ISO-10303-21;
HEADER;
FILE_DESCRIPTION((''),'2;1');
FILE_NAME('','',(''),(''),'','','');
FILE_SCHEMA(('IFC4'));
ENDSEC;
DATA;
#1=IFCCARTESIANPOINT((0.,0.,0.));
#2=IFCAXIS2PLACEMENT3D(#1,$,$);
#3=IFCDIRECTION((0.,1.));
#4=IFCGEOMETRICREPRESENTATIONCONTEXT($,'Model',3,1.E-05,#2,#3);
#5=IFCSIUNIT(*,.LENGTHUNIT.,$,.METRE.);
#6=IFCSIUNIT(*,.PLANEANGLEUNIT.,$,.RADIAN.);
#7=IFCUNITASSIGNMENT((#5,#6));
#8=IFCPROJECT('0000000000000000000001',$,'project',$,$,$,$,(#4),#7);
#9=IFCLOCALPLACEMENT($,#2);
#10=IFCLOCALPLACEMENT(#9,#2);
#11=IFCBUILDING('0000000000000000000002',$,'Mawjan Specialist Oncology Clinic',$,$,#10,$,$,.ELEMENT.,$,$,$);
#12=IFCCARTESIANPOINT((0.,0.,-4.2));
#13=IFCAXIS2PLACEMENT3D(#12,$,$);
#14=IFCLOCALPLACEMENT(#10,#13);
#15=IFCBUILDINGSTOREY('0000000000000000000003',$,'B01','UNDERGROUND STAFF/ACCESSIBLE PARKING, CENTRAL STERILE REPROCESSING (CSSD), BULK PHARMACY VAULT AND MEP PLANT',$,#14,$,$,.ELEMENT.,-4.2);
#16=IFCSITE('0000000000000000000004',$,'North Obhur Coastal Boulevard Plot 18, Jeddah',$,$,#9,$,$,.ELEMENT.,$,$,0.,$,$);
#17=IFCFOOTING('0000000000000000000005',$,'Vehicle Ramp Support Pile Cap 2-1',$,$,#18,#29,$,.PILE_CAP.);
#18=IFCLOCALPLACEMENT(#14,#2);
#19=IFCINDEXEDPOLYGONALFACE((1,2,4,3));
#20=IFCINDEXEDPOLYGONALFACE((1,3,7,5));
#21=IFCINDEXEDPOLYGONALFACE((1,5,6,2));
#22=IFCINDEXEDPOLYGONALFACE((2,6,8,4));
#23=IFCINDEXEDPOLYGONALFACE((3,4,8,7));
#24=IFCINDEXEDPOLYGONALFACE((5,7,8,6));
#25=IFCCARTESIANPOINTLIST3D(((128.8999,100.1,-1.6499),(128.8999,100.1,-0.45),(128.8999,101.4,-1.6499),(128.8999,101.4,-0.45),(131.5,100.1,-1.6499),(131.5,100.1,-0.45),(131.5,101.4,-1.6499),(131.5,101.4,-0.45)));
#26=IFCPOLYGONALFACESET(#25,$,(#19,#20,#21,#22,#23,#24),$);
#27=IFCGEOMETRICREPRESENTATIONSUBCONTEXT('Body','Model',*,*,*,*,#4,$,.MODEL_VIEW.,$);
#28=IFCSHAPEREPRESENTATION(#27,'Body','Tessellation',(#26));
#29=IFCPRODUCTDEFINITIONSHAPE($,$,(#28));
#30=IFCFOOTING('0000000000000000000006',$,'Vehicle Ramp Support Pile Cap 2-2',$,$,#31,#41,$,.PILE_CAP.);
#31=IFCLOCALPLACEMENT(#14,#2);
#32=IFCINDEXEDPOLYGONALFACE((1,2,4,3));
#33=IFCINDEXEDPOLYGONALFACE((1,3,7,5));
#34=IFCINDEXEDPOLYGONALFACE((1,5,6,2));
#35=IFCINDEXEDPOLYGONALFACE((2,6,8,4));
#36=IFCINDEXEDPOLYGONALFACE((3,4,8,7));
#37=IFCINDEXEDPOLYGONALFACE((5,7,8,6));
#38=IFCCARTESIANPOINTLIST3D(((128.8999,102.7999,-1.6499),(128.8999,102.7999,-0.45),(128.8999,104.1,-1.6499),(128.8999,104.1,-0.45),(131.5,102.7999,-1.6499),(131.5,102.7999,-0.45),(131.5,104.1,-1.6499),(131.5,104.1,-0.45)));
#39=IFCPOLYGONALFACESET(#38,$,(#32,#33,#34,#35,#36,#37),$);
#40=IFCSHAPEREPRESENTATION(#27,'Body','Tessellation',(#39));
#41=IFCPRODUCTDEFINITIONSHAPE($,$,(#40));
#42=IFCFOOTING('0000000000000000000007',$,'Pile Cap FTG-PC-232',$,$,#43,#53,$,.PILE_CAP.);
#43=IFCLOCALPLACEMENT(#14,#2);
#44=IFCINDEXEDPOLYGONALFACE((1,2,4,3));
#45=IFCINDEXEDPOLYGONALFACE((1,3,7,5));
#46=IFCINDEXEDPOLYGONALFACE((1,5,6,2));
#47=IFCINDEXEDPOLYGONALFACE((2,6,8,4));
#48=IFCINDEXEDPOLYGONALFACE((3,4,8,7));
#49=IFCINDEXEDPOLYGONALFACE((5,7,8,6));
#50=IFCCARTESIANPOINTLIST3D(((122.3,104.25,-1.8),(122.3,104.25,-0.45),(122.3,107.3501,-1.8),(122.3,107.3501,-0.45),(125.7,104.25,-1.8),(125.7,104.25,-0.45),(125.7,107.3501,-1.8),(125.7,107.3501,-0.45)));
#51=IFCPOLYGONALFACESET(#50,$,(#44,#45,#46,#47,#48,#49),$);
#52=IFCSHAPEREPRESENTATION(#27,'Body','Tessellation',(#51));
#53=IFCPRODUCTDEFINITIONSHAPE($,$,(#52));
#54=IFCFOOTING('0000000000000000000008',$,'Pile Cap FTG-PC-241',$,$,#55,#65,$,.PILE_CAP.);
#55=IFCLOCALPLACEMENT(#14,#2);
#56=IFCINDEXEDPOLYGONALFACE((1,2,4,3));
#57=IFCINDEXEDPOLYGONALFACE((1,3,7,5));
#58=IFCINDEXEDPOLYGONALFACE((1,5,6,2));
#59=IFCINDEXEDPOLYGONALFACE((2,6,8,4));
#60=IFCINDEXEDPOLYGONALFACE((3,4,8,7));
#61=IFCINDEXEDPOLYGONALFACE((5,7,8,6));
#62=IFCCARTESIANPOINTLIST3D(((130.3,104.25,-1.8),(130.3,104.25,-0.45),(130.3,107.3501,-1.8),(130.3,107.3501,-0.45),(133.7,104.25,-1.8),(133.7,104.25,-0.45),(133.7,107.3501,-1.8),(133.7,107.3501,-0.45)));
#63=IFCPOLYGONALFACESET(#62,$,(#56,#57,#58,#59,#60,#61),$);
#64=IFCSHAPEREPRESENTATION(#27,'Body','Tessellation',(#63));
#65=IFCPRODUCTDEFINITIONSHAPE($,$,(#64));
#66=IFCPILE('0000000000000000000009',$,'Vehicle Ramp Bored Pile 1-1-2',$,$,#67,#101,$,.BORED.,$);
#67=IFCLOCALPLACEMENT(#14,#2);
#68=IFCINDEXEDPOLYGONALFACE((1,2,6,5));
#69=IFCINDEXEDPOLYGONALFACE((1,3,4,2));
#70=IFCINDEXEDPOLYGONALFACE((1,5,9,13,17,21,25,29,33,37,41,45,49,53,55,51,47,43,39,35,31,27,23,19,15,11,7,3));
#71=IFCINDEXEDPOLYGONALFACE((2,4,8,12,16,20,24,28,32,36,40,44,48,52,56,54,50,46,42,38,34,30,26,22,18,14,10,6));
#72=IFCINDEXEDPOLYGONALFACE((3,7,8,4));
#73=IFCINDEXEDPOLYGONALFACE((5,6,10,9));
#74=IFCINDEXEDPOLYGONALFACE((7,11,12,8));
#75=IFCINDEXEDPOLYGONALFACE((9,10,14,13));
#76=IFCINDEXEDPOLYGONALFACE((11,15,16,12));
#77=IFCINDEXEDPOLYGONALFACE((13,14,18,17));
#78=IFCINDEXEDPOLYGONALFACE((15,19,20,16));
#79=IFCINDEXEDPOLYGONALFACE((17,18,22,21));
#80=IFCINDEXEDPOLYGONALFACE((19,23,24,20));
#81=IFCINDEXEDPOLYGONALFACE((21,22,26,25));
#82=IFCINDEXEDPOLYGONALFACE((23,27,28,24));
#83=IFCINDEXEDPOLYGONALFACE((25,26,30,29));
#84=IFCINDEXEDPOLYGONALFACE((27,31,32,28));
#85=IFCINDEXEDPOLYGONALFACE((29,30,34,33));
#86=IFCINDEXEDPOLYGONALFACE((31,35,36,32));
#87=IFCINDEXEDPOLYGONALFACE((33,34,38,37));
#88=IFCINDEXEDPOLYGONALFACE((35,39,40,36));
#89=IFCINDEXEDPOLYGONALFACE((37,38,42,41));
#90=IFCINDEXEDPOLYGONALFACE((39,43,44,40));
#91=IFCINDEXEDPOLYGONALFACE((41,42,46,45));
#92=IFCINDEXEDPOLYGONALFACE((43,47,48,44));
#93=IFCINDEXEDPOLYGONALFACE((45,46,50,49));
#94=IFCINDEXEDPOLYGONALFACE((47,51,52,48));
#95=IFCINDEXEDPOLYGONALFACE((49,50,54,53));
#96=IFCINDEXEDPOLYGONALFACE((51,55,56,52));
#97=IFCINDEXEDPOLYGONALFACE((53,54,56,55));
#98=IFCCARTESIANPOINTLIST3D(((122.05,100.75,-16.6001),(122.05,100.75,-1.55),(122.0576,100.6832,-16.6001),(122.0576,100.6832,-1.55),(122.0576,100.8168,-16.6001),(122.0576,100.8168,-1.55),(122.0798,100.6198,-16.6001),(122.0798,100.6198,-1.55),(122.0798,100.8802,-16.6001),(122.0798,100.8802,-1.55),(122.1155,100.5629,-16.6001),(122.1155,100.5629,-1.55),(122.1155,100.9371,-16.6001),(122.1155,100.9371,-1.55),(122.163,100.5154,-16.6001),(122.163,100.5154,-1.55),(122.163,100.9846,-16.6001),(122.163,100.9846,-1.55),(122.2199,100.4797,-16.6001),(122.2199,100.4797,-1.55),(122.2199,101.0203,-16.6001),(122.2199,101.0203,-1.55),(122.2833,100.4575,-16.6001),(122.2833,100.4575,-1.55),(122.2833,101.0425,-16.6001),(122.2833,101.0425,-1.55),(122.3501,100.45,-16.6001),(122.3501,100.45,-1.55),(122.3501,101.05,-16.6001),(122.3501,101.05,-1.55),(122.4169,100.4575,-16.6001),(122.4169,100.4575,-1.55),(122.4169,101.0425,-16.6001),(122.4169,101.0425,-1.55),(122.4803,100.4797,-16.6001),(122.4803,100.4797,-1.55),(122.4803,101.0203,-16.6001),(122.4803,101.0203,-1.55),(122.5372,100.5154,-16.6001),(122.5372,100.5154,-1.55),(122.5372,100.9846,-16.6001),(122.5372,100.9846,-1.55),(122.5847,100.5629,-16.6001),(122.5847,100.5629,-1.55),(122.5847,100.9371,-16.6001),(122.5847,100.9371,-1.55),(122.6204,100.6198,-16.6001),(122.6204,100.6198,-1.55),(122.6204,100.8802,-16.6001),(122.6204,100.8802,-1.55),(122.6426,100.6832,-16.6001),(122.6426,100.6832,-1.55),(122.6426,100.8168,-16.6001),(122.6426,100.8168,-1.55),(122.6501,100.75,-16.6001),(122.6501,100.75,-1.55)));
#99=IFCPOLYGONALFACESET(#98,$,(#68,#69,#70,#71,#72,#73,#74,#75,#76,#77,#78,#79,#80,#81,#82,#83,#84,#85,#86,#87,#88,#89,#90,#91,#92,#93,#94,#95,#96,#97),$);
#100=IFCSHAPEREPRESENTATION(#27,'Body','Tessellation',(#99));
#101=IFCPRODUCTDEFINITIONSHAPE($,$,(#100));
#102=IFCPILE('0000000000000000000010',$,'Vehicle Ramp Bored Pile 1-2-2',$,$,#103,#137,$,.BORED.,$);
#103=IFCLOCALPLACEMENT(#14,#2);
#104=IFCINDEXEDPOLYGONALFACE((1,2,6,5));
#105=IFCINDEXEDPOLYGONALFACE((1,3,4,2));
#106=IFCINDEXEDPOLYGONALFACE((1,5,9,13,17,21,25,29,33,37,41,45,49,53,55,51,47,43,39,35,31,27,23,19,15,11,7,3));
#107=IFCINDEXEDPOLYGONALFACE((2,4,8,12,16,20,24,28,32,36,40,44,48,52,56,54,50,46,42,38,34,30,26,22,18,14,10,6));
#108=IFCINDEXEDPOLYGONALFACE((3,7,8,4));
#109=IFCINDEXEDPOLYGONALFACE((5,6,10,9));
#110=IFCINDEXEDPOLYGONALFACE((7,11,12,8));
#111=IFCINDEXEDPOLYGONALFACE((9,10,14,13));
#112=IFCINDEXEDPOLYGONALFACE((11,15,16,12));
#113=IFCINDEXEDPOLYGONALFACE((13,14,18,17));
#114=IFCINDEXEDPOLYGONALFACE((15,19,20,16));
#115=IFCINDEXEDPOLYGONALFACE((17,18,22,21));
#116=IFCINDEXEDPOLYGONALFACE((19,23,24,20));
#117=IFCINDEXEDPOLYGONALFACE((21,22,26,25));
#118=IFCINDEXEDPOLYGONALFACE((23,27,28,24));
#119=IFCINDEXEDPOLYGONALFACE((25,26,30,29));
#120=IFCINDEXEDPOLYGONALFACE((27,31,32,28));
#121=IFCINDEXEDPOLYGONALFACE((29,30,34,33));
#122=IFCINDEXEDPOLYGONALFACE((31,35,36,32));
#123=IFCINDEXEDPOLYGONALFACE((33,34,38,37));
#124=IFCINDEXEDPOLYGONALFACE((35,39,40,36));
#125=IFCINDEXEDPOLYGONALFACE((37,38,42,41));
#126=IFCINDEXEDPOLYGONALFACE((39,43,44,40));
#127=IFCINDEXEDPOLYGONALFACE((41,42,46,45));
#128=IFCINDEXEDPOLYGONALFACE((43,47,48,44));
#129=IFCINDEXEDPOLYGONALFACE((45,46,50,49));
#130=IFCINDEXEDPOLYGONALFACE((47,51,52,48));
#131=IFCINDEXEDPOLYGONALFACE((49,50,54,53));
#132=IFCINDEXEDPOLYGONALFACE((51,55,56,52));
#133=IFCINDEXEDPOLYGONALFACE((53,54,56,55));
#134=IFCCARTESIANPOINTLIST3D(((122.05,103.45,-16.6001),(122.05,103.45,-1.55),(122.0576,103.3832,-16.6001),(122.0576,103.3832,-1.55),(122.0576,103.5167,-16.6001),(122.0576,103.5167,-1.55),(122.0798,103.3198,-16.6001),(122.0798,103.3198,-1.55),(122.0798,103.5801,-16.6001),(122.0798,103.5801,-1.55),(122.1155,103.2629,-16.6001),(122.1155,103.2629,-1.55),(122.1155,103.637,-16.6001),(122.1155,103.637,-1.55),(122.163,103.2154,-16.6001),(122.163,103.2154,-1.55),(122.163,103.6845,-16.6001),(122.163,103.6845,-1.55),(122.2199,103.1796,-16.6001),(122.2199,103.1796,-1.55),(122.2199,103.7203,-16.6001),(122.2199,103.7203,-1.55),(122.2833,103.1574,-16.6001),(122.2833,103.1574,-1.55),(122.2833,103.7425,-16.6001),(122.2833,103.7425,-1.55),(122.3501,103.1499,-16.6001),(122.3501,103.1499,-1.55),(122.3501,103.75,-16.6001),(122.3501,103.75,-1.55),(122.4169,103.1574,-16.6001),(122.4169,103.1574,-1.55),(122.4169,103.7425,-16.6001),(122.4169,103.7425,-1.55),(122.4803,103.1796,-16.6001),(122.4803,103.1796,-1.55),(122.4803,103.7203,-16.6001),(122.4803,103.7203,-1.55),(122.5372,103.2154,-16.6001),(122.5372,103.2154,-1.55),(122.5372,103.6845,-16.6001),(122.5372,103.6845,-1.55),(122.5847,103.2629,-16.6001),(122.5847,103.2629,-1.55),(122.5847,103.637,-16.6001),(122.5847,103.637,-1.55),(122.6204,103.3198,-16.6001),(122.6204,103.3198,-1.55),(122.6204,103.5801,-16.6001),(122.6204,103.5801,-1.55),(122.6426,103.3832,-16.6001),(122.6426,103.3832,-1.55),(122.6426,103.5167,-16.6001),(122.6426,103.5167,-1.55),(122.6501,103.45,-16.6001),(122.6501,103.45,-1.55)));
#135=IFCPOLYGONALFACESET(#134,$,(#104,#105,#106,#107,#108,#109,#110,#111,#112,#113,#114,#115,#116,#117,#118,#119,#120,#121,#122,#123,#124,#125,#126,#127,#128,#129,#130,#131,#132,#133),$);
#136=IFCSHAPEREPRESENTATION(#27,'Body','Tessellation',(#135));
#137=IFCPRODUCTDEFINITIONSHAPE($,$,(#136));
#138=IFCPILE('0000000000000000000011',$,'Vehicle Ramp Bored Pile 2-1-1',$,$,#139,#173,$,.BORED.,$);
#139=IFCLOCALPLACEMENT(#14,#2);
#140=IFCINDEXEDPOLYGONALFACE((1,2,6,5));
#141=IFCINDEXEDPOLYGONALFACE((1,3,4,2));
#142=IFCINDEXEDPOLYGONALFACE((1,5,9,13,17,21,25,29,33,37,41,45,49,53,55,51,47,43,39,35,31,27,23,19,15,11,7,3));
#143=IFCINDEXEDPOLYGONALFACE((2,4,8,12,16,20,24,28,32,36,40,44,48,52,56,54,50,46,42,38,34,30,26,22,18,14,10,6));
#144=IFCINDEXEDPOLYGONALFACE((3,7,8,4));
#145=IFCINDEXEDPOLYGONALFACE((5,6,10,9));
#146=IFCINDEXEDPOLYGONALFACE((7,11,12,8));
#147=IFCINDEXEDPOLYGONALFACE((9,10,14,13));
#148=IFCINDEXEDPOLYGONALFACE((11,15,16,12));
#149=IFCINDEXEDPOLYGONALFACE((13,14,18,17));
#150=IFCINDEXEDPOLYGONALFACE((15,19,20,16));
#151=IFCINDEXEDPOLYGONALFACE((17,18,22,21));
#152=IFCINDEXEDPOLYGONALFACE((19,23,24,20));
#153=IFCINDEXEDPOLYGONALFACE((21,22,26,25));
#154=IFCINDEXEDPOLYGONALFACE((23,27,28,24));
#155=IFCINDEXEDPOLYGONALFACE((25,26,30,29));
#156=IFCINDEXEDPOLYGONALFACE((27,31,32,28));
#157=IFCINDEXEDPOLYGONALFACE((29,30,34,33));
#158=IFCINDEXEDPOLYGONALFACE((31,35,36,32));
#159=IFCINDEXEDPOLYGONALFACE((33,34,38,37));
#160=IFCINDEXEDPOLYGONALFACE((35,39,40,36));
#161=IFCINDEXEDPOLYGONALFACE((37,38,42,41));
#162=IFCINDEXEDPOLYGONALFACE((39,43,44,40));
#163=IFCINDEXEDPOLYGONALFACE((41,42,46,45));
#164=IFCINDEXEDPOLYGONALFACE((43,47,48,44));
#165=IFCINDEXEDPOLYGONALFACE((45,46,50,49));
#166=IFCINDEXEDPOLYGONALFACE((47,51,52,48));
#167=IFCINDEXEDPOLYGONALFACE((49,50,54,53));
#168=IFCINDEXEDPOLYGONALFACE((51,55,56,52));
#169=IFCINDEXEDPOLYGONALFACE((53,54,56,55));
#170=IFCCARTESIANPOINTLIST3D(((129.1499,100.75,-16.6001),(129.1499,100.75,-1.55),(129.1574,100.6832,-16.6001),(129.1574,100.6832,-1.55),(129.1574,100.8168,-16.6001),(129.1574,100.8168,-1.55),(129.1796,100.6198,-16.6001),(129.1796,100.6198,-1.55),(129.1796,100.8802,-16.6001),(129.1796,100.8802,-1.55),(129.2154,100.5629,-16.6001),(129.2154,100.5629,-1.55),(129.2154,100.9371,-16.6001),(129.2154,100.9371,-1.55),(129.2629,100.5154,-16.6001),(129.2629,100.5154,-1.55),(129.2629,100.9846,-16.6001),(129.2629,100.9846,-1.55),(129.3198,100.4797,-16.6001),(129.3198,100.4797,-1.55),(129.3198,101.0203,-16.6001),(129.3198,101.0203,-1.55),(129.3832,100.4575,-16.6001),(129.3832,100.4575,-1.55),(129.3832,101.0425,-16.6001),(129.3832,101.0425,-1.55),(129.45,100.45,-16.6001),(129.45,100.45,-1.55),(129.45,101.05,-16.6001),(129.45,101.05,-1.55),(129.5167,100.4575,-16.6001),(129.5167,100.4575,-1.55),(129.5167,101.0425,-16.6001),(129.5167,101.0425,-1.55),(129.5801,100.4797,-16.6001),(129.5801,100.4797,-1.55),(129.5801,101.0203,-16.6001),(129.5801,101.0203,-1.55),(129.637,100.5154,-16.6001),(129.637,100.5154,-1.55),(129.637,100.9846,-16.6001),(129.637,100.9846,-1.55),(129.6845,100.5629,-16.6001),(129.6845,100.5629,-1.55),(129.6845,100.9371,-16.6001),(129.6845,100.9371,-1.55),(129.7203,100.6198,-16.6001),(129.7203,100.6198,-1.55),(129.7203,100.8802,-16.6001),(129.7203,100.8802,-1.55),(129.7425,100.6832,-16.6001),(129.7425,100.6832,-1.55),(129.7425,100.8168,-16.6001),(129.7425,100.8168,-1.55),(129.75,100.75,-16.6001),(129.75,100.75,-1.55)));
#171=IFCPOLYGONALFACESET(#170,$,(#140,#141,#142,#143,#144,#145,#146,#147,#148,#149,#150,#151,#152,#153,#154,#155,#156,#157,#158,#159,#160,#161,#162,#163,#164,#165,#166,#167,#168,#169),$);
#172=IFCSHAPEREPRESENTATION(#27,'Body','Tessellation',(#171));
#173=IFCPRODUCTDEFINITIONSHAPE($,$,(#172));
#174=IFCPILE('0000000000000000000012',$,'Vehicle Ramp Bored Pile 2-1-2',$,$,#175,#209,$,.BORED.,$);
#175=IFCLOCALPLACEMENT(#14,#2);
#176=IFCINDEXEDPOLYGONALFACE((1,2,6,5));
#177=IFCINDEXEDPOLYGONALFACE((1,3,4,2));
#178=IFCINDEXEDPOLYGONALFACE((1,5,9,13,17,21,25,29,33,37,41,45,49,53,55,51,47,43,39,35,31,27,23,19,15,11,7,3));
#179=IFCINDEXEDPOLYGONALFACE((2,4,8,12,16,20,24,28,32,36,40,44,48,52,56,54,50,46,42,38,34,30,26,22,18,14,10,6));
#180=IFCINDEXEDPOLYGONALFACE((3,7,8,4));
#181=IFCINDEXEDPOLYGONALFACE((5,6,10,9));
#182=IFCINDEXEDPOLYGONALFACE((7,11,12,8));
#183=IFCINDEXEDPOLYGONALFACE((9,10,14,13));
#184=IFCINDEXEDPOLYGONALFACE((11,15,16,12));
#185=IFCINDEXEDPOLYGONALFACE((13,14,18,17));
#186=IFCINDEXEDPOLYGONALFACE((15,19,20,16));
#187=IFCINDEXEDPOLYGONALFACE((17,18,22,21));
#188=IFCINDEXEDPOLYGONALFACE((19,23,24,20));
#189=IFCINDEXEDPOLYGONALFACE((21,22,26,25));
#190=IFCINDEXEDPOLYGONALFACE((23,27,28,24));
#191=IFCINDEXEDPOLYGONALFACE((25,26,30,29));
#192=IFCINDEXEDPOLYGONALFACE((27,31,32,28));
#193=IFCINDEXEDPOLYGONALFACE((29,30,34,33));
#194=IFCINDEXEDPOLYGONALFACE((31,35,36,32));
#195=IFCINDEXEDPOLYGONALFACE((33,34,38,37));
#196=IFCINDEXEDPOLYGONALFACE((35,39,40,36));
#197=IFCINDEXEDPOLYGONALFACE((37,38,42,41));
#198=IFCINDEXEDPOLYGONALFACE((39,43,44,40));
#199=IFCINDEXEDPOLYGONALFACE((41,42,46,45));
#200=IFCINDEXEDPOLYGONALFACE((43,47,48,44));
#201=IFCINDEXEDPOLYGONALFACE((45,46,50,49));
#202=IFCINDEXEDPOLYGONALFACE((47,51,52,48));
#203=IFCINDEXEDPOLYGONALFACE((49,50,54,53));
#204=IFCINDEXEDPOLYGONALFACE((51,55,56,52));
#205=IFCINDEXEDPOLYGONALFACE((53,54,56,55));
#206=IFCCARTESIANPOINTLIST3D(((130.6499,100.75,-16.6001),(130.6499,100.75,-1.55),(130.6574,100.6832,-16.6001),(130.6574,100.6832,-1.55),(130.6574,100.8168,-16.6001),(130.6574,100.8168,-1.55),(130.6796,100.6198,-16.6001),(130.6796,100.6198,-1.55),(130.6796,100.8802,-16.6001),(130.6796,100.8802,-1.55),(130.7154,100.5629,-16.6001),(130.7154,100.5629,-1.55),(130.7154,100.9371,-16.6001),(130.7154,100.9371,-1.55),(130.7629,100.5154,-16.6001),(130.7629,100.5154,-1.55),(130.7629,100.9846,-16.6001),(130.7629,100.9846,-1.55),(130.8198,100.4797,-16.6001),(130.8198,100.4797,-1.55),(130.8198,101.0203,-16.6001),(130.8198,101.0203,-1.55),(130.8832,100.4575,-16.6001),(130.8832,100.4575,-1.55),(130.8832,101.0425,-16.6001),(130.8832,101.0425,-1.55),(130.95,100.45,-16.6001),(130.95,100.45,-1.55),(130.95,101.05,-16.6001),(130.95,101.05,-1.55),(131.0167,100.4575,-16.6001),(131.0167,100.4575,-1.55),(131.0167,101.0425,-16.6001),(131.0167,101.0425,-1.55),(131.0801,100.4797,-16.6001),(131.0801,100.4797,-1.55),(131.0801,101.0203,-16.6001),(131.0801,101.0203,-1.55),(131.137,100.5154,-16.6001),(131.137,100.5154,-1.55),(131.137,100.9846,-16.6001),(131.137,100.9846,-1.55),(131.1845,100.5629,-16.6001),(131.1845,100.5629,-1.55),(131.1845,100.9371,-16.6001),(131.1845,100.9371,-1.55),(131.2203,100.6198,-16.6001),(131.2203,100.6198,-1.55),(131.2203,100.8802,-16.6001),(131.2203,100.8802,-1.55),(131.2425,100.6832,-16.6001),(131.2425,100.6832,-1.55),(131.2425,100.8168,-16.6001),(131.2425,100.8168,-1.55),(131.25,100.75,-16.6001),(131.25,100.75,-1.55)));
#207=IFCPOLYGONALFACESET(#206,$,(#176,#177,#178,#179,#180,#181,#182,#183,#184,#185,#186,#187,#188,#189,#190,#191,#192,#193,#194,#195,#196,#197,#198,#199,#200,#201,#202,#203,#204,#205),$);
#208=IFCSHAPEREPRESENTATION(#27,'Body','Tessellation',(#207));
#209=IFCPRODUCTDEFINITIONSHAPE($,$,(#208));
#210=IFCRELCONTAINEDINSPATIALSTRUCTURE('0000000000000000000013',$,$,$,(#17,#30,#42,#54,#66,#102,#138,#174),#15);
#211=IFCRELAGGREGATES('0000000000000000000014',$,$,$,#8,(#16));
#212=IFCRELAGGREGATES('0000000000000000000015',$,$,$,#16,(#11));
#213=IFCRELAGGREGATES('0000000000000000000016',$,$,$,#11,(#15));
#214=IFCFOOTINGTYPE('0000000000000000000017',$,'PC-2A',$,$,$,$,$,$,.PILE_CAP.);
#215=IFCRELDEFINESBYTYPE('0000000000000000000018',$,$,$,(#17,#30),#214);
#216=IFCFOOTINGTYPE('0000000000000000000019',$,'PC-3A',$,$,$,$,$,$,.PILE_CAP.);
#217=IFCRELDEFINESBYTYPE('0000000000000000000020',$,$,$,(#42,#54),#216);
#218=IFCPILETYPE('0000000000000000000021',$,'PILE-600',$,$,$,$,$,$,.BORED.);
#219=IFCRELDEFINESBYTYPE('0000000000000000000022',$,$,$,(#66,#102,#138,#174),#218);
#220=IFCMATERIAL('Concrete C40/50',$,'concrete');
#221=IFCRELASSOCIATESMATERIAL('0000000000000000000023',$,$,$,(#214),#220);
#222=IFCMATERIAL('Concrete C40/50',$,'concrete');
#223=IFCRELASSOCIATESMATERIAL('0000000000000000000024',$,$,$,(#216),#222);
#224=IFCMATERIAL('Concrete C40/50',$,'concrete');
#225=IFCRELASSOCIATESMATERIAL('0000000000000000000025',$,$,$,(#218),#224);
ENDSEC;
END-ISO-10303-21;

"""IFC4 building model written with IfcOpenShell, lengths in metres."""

from ifc_helpers import new_model, si_unit, direction, frame, origin, origin_2d, place, context, subcontext, project, spatial, rectangle, circle, extrude, material, material_profile, profile_set, type_object, element, save


model = new_model("IFC4")

# Units and contexts
model_context = context("Model", 3, precision=1e-05, world=origin(), true_north=direction((0.0, 1.0)))
body_context = subcontext(model_context, "Body", "Model", "MODEL_VIEW")
ifc_project = project(units=[si_unit("LENGTHUNIT", "METRE"), si_unit("PLANEANGLEUNIT", "RADIAN")], contexts=[model_context])

# Site, building, storey
site_placement = place(None, origin())
site = spatial("IfcSite", under=ifc_project, at=site_placement, Name="North Obhur Coastal Boulevard Plot 18, Jeddah", CompositionType="ELEMENT", RefElevation=0.0)
building_placement = place(site_placement, origin())
building = spatial("IfcBuilding", under=site, at=building_placement, Name="Mawjan Specialist Oncology Clinic", CompositionType="ELEMENT")
storey_placement = place(building_placement, frame((0.0, 0.0, -4.2)))
storey = spatial("IfcBuildingStorey", under=building, at=storey_placement, Name="B01", Description="UNDERGROUND STAFF/ACCESSIBLE PARKING, CENTRAL STERILE REPROCESSING (CSSD), BULK PHARMACY VAULT AND MEP PLANT", CompositionType="ELEMENT", Elevation=-4.2)

# Footings
ifc_material_1 = material(Name="Concrete C40/50", Category="concrete")
footing_type_1 = type_object("IfcFootingType", Name="PC-2A", PredefinedType="PILE_CAP", material=ifc_material_1)
for number, where, z_axis, x_axis, name in (
    (1, (130.2, 100.75, -1.6499), (0.0, 0.0, 1.0), (1.0, 0.0, 0.0), "Vehicle Ramp Support Pile Cap 2-1"),
    (2, (130.2, 103.45, -1.6499), (0.0, 0.0, 1.0), (1.0, 0.0, 0.0), "Vehicle Ramp Support Pile Cap 2-2"),
):
    element("IfcFooting", number, at=place(storey_placement, frame(where, z_axis=z_axis, x_axis=x_axis)), inside=storey, type_object=footing_type_1, Name=name, PredefinedType="PILE_CAP", context=body_context, shape_type="SweptSolid", body=[
        extrude(rectangle(XDim=2.6001, YDim=1.3, at=origin_2d()), origin(), (0.0, 0.0, 1.0), 1.2),
    ])
ifc_material_2 = material(Name="Concrete C40/50", Category="concrete")
footing_type_2 = type_object("IfcFootingType", Name="PC-3A", PredefinedType="PILE_CAP", material=ifc_material_2)
for number, where, z_axis, x_axis, name in (
    (3, (124.0, 105.8, -1.8), (0.0, 0.0, 1.0), (1.0, 0.0, 0.0), "Pile Cap FTG-PC-232"),
    (4, (132.0, 105.8, -1.8), (0.0, 0.0, 1.0), (1.0, 0.0, 0.0), "Pile Cap FTG-PC-241"),
):
    element("IfcFooting", number, at=place(storey_placement, frame(where, z_axis=z_axis, x_axis=x_axis)), inside=storey, type_object=footing_type_2, Name=name, PredefinedType="PILE_CAP", context=body_context, shape_type="SweptSolid", body=[
        extrude(rectangle(XDim=3.3999, YDim=3.1001, at=origin_2d()), origin(), (0.0, 0.0, 1.0), 1.3501),
    ])

# Piles
ifc_material_3 = material(Name="Concrete C40/50", Category="concrete")
ifc_material_profile_1 = material_profile(ifc_material_3, circle(Radius=0.3, at=origin_2d()), Name="BORED PILE D600", Category="concrete")
ifc_profile_set_1 = profile_set([ifc_material_profile_1], Name="Concrete C40/50")
pile_type_1 = type_object("IfcPileType", Name="PILE-600", PredefinedType="BORED", material=ifc_profile_set_1)
for number, where, z_axis, x_axis, name in (
    (5, (122.3501, 100.75, -1.55), (0.0, 0.0, -1.0), (1.0, 0.0, 0.0), "Vehicle Ramp Bored Pile 1-1-2"),
    (6, (122.3501, 103.45, -1.55), (0.0, 0.0, -1.0), (1.0, 0.0, 0.0), "Vehicle Ramp Bored Pile 1-2-2"),
    (7, (129.45, 100.75, -1.55), (0.0, 0.0, -1.0), (1.0, 0.0, 0.0), "Vehicle Ramp Bored Pile 2-1-1"),
    (8, (130.95, 100.75, -1.55), (0.0, 0.0, -1.0), (1.0, 0.0, 0.0), "Vehicle Ramp Bored Pile 2-1-2"),
):
    element("IfcPile", number, at=place(storey_placement, frame(where, z_axis=z_axis, x_axis=x_axis)), inside=storey, type_object=pile_type_1, Name=name, PredefinedType="BORED", context=body_context, shape_type="SweptSolid", body=[
        extrude(circle(Radius=0.3, at=origin_2d()), origin(), (0.0, 0.0, 1.0), 15.05),
    ])

save(model, "model.ifc")
